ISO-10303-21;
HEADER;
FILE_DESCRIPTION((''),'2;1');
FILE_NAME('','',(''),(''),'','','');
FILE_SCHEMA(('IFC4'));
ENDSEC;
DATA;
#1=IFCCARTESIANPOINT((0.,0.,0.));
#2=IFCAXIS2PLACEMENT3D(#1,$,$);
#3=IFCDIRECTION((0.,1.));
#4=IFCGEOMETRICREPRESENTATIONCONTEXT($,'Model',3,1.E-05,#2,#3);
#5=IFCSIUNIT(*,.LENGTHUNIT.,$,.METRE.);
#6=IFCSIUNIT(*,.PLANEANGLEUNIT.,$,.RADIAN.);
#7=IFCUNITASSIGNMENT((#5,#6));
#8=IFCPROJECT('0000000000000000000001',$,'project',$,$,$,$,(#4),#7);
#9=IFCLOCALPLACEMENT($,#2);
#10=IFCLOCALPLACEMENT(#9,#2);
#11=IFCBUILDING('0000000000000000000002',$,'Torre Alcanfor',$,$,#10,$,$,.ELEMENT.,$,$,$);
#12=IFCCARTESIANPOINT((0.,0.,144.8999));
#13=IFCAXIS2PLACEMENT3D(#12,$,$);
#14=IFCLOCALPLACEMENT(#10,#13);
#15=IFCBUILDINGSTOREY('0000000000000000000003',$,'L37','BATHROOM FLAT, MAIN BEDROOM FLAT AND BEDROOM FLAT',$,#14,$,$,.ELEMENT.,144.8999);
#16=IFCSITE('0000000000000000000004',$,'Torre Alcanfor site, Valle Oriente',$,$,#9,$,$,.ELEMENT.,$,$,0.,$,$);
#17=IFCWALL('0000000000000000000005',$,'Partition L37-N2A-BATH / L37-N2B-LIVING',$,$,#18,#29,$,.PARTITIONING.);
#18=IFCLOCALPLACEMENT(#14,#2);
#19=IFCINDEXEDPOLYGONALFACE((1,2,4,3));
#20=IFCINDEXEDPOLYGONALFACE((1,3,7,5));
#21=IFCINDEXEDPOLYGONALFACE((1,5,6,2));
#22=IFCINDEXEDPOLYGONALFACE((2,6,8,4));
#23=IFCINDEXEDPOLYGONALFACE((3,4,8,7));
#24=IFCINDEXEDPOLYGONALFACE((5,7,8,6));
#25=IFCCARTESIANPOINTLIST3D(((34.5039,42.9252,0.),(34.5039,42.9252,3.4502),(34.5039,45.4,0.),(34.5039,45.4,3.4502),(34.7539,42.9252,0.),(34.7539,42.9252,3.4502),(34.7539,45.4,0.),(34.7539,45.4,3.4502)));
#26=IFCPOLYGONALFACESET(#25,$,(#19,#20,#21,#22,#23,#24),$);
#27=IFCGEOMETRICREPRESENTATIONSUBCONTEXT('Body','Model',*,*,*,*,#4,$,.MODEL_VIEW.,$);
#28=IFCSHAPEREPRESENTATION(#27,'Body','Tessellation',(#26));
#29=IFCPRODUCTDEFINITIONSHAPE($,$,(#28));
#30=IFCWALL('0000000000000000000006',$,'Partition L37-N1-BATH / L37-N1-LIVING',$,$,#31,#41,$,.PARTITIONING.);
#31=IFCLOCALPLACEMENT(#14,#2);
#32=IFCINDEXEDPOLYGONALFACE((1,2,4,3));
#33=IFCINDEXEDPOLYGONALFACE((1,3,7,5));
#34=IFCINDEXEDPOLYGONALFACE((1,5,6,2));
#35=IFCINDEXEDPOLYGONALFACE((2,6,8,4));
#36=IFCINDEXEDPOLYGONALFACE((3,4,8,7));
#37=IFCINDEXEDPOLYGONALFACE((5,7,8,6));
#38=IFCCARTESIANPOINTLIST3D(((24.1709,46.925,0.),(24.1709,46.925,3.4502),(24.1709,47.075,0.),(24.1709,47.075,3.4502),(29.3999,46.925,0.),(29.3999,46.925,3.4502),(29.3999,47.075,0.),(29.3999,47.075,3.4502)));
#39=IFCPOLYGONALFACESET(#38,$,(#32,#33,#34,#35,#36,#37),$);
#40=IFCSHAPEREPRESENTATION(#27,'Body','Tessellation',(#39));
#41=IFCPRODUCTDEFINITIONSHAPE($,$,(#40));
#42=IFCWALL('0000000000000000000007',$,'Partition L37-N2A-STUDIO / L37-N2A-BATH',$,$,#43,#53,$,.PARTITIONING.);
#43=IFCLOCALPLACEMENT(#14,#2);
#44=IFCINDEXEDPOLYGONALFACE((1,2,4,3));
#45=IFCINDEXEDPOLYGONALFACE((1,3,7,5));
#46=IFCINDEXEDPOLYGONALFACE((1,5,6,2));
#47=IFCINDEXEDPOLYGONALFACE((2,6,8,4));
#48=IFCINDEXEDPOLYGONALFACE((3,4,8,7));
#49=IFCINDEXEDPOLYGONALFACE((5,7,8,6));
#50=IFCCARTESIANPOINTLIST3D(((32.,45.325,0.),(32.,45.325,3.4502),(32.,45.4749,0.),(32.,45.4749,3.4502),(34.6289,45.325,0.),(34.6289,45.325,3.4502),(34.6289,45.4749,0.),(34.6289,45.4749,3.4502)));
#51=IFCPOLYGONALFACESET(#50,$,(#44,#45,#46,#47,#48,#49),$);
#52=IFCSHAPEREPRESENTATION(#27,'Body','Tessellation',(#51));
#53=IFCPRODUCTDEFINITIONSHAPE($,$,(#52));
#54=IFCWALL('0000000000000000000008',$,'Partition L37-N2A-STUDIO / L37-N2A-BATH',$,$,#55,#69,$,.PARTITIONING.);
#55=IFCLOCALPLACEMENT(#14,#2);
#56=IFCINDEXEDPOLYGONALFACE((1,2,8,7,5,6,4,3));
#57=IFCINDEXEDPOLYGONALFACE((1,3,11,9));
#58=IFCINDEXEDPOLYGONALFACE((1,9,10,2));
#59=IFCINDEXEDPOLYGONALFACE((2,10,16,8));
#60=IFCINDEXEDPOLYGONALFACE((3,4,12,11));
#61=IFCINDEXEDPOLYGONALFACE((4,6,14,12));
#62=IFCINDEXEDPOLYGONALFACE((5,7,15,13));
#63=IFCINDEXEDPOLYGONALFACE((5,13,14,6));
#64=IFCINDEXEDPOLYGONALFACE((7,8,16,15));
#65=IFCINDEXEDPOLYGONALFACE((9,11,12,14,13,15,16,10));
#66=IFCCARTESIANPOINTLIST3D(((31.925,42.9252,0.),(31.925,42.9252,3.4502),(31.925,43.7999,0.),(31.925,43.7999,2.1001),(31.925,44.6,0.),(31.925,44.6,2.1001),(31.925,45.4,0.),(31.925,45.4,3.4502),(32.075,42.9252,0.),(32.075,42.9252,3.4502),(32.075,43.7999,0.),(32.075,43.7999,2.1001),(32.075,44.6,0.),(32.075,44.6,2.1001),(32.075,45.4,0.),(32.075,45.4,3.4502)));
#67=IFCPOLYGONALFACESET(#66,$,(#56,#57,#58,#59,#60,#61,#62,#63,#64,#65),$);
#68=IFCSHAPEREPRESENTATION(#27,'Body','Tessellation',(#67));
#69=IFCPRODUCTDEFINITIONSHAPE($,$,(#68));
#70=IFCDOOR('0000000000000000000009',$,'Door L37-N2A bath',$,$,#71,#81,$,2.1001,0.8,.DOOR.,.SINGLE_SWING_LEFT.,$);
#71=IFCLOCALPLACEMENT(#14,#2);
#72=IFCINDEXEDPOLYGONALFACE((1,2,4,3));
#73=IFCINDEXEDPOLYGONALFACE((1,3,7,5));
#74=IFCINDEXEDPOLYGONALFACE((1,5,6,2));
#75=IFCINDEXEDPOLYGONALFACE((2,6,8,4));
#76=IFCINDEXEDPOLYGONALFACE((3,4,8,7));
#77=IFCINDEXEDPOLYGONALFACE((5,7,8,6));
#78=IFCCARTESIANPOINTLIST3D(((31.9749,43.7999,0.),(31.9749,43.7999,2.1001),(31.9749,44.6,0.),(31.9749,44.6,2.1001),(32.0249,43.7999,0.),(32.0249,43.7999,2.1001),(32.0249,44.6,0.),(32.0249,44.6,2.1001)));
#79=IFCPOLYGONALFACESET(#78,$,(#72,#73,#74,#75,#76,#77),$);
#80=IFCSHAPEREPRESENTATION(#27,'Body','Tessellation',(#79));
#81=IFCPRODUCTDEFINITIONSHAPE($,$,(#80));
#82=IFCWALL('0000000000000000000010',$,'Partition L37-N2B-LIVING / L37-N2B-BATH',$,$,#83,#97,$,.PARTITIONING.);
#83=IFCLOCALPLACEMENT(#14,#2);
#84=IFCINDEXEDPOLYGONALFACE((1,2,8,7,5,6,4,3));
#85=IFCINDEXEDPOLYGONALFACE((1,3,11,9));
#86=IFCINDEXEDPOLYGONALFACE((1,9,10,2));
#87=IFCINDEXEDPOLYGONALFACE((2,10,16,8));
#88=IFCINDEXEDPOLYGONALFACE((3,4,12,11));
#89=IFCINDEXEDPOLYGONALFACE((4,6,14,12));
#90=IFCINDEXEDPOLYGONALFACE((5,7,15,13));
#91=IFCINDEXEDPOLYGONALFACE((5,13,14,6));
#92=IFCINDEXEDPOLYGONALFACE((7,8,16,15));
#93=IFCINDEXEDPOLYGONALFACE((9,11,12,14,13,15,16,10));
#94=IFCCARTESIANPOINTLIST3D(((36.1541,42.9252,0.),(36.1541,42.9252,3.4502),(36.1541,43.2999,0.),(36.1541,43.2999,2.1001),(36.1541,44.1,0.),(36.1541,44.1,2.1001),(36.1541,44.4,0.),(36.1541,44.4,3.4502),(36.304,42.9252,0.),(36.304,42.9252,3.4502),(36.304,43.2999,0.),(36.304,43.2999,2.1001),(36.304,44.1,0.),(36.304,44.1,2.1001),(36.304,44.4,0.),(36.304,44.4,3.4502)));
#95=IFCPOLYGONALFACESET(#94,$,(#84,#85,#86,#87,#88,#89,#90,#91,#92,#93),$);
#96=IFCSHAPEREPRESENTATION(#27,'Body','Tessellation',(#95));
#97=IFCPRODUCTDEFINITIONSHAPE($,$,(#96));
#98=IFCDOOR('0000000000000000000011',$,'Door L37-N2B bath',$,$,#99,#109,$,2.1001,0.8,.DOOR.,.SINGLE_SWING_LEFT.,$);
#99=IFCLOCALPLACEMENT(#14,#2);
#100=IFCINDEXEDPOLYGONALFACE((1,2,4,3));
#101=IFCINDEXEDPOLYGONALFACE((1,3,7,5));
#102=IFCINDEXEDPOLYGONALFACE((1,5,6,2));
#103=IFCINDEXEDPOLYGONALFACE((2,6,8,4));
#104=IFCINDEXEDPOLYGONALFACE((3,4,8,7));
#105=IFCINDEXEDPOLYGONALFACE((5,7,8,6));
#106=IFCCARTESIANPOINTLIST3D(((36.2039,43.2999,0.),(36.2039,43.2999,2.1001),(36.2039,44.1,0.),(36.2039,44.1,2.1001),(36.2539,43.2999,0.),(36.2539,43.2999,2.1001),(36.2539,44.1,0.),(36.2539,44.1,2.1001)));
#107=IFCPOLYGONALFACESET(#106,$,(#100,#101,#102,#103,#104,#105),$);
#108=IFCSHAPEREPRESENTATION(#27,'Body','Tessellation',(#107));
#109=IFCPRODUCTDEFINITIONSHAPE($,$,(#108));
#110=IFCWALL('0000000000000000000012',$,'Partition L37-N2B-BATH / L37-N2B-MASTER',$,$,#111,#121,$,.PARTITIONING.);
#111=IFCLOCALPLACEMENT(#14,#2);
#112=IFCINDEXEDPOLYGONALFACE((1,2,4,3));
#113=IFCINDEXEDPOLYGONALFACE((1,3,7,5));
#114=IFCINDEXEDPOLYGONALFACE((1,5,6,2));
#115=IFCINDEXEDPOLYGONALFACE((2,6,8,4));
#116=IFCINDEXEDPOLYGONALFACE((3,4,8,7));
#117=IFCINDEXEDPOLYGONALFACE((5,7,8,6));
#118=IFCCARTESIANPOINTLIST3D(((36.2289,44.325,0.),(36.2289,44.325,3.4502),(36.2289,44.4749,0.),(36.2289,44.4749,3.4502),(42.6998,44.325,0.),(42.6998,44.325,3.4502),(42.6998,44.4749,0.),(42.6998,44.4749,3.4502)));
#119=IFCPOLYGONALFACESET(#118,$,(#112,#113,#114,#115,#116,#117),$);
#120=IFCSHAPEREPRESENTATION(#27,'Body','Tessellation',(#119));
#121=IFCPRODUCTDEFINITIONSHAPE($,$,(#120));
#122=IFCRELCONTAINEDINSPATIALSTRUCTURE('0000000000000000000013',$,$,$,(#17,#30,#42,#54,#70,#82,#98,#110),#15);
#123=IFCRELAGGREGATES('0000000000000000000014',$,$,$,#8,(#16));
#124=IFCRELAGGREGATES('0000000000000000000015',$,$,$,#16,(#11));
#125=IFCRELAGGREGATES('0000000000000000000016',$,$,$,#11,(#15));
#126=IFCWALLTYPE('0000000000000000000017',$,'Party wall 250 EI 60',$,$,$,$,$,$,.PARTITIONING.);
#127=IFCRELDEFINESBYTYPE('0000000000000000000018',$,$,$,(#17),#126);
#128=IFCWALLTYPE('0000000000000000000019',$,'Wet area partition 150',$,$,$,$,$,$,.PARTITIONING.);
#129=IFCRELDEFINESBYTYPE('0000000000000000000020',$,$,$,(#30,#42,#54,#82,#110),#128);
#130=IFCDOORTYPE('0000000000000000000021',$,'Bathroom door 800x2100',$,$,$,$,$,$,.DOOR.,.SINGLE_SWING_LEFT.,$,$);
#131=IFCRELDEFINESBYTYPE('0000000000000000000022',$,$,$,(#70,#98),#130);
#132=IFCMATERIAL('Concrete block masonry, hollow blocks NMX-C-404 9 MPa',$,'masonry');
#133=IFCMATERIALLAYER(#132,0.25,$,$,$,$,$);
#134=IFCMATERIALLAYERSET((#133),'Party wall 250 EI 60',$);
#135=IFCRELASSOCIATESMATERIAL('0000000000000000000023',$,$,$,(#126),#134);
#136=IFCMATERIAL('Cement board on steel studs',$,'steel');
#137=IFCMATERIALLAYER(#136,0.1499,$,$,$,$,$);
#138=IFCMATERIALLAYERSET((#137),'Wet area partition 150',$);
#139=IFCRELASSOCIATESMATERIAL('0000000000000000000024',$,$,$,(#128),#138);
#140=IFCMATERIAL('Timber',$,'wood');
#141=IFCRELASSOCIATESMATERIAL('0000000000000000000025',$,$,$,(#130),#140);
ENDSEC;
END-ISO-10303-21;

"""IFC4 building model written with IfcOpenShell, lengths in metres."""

from ifc_helpers import new_model, si_unit, direction, frame, frame_2d, origin, place, context, subcontext, project, spatial, rectangle, extrude, material, layer, layer_set, type_object, element, fill, save


model = new_model("IFC4")

# Units and contexts
model_context = context("Model", 3, precision=1e-05, world=origin(), true_north=direction((0.0, 1.0)))
body_context = subcontext(model_context, "Body", "Model", "MODEL_VIEW")
ifc_project = project(units=[si_unit("LENGTHUNIT", "METRE"), si_unit("PLANEANGLEUNIT", "RADIAN")], contexts=[model_context])

# Site, building, storey
site_placement = place(None, origin())
site = spatial("IfcSite", under=ifc_project, at=site_placement, Name="Torre Alcanfor site, Valle Oriente", CompositionType="ELEMENT", RefElevation=0.0)
building_placement = place(site_placement, origin())
building = spatial("IfcBuilding", under=site, at=building_placement, Name="Torre Alcanfor", CompositionType="ELEMENT")
storey_placement = place(building_placement, frame((0.0, 0.0, 144.8999)))
storey = spatial("IfcBuildingStorey", under=building, at=storey_placement, Name="L37", Description="BATHROOM FLAT, MAIN BEDROOM FLAT AND BEDROOM FLAT", CompositionType="ELEMENT", Elevation=144.8999)

# Walls
ifc_material_1 = material(Name="Concrete block masonry, hollow blocks NMX-C-404 9 MPa", Category="masonry")
ifc_layer_1 = layer(ifc_material_1, 0.25)
ifc_layer_set_1 = layer_set([ifc_layer_1], Name="Party wall 250 EI 60")
wall_type_1 = type_object("IfcWallType", Name="Party wall 250 EI 60", PredefinedType="PARTITIONING", material=ifc_layer_set_1)
wall_1_placement = place(storey_placement, frame((34.6289, 45.3999, 0.0), z_axis=(0.0, 0.0, 1.0), x_axis=(0.0, -1.0, 0.0)))
element("IfcWall", 1, at=wall_1_placement, inside=storey, type_object=wall_type_1, Name="Partition L37-N2A-BATH / L37-N2B-LIVING", PredefinedType="PARTITIONING", context=body_context, shape_type="SweptSolid", body=[
    extrude(rectangle(XDim=2.4749, YDim=0.25, at=frame_2d((1.2373, 0.0))), origin(), (0.0, 0.0, 1.0), 3.4502),
])
ifc_material_2 = material(Name="Cement board on steel studs", Category="steel")
ifc_layer_2 = layer(ifc_material_2, 0.1499)
ifc_layer_set_2 = layer_set([ifc_layer_2], Name="Wet area partition 150")
wall_type_2 = type_object("IfcWallType", Name="Wet area partition 150", PredefinedType="PARTITIONING", material=ifc_layer_set_2)
wall_2_placement = place(storey_placement, frame((29.3999, 47.0, 0.0), z_axis=(0.0, 0.0, 1.0), x_axis=(-1.0, 0.0, 0.0)))
element("IfcWall", 2, at=wall_2_placement, inside=storey, type_object=wall_type_2, Name="Partition L37-N1-BATH / L37-N1-LIVING", PredefinedType="PARTITIONING", context=body_context, shape_type="SweptSolid", body=[
    extrude(rectangle(XDim=5.229, YDim=0.1499, at=frame_2d((2.6145, 0.0))), origin(), (0.0, 0.0, 1.0), 3.4502),
])
wall_3_placement = place(storey_placement, frame((34.6289, 45.3999, 0.0), z_axis=(0.0, 0.0, 1.0), x_axis=(-1.0, 0.0, 0.0)))
element("IfcWall", 3, at=wall_3_placement, inside=storey, type_object=wall_type_2, Name="Partition L37-N2A-STUDIO / L37-N2A-BATH", PredefinedType="PARTITIONING", context=body_context, shape_type="SweptSolid", body=[
    extrude(rectangle(XDim=2.6289, YDim=0.1499, at=frame_2d((1.3145, 0.0))), origin(), (0.0, 0.0, 1.0), 3.4502),
])

# Walls, openings, doors
wall_4_placement = place(storey_placement, frame((32.0, 45.3999, 0.0), z_axis=(0.0, 0.0, 1.0), x_axis=(0.0, -1.0, 0.0)))
wall_4 = element("IfcWall", 4, at=wall_4_placement, inside=storey, type_object=wall_type_2, Name="Partition L37-N2A-STUDIO / L37-N2A-BATH", PredefinedType="PARTITIONING", context=body_context, shape_type="SweptSolid", body=[
    extrude(rectangle(XDim=2.4749, YDim=0.1499, at=frame_2d((1.2373, 0.0))), origin(), (0.0, 0.0, 1.0), 3.4502),
])
opening_1_placement = place(wall_4_placement, frame((0.8, 0.0, 0.0)))
opening_1 = element("IfcOpeningElement", 5, at=opening_1_placement, cuts=wall_4, PredefinedType="OPENING", context=body_context, shape_type="SweptSolid", body=[
    extrude(rectangle(XDim=0.8, YDim=2.1001, at=frame_2d((0.3999, 1.05))), frame((0.0, 0.085, 0.0), z_axis=(0.0, -1.0, 0.0), x_axis=(1.0, 0.0, 0.0)), (0.0, 0.0, 1.0), 0.1699),
])
ifc_material_3 = material(Name="Timber", Category="wood")
door_type_1 = type_object("IfcDoorType", Name="Bathroom door 800x2100", OperationType="SINGLE_SWING_LEFT", PredefinedType="DOOR", material=ifc_material_3)
door_1_placement = place(opening_1_placement, origin())
door_1 = element("IfcDoor", 6, at=door_1_placement, inside=storey, type_object=door_type_1, Name="Door L37-N2A bath", OperationType="SINGLE_SWING_LEFT", OverallHeight=2.1001, OverallWidth=0.8, PredefinedType="DOOR", context=body_context, shape_type="SweptSolid", body=[
    extrude(rectangle(XDim=0.8, YDim=2.1001, at=frame_2d((0.3999, 1.05))), frame((0.0, 0.0249, 0.0), z_axis=(0.0, -1.0, 0.0), x_axis=(1.0, 0.0, 0.0)), (0.0, 0.0, 1.0), 0.05),
])
fill(opening_1, door_1)
wall_5_placement = place(storey_placement, frame((36.229, 44.3999, 0.0), z_axis=(0.0, 0.0, 1.0), x_axis=(0.0, -1.0, 0.0)))
wall_5 = element("IfcWall", 7, at=wall_5_placement, inside=storey, type_object=wall_type_2, Name="Partition L37-N2B-LIVING / L37-N2B-BATH", PredefinedType="PARTITIONING", context=body_context, shape_type="SweptSolid", body=[
    extrude(rectangle(XDim=1.4749, YDim=0.1499, at=frame_2d((0.7373, 0.0))), origin(), (0.0, 0.0, 1.0), 3.4502),
])
opening_2_placement = place(wall_5_placement, frame((0.3, 0.0, 0.0)))
opening_2 = element("IfcOpeningElement", 8, at=opening_2_placement, cuts=wall_5, PredefinedType="OPENING", context=body_context, shape_type="SweptSolid", body=[
    extrude(rectangle(XDim=0.8, YDim=2.1001, at=frame_2d((0.3999, 1.05))), frame((0.0, 0.085, 0.0), z_axis=(0.0, -1.0, 0.0), x_axis=(1.0, 0.0, 0.0)), (0.0, 0.0, 1.0), 0.1699),
])
door_2_placement = place(opening_2_placement, origin())
door_2 = element("IfcDoor", 9, at=door_2_placement, inside=storey, type_object=door_type_1, Name="Door L37-N2B bath", OperationType="SINGLE_SWING_LEFT", OverallHeight=2.1001, OverallWidth=0.8, PredefinedType="DOOR", context=body_context, shape_type="SweptSolid", body=[
    extrude(rectangle(XDim=0.8, YDim=2.1001, at=frame_2d((0.3999, 1.05))), frame((0.0, 0.0249, 0.0), z_axis=(0.0, -1.0, 0.0), x_axis=(1.0, 0.0, 0.0)), (0.0, 0.0, 1.0), 0.05),
])
fill(opening_2, door_2)

# Wall
wall_6_placement = place(storey_placement, frame((36.229, 44.3999, 0.0), z_axis=(0.0, 0.0, 1.0), x_axis=(1.0, 0.0, 0.0)))
element("IfcWall", 10, at=wall_6_placement, inside=storey, type_object=wall_type_2, Name="Partition L37-N2B-BATH / L37-N2B-MASTER", PredefinedType="PARTITIONING", context=body_context, shape_type="SweptSolid", body=[
    extrude(rectangle(XDim=6.4709, YDim=0.1499, at=frame_2d((3.2354, 0.0))), origin(), (0.0, 0.0, 1.0), 3.4502),
])

save(model, "model.ifc")
